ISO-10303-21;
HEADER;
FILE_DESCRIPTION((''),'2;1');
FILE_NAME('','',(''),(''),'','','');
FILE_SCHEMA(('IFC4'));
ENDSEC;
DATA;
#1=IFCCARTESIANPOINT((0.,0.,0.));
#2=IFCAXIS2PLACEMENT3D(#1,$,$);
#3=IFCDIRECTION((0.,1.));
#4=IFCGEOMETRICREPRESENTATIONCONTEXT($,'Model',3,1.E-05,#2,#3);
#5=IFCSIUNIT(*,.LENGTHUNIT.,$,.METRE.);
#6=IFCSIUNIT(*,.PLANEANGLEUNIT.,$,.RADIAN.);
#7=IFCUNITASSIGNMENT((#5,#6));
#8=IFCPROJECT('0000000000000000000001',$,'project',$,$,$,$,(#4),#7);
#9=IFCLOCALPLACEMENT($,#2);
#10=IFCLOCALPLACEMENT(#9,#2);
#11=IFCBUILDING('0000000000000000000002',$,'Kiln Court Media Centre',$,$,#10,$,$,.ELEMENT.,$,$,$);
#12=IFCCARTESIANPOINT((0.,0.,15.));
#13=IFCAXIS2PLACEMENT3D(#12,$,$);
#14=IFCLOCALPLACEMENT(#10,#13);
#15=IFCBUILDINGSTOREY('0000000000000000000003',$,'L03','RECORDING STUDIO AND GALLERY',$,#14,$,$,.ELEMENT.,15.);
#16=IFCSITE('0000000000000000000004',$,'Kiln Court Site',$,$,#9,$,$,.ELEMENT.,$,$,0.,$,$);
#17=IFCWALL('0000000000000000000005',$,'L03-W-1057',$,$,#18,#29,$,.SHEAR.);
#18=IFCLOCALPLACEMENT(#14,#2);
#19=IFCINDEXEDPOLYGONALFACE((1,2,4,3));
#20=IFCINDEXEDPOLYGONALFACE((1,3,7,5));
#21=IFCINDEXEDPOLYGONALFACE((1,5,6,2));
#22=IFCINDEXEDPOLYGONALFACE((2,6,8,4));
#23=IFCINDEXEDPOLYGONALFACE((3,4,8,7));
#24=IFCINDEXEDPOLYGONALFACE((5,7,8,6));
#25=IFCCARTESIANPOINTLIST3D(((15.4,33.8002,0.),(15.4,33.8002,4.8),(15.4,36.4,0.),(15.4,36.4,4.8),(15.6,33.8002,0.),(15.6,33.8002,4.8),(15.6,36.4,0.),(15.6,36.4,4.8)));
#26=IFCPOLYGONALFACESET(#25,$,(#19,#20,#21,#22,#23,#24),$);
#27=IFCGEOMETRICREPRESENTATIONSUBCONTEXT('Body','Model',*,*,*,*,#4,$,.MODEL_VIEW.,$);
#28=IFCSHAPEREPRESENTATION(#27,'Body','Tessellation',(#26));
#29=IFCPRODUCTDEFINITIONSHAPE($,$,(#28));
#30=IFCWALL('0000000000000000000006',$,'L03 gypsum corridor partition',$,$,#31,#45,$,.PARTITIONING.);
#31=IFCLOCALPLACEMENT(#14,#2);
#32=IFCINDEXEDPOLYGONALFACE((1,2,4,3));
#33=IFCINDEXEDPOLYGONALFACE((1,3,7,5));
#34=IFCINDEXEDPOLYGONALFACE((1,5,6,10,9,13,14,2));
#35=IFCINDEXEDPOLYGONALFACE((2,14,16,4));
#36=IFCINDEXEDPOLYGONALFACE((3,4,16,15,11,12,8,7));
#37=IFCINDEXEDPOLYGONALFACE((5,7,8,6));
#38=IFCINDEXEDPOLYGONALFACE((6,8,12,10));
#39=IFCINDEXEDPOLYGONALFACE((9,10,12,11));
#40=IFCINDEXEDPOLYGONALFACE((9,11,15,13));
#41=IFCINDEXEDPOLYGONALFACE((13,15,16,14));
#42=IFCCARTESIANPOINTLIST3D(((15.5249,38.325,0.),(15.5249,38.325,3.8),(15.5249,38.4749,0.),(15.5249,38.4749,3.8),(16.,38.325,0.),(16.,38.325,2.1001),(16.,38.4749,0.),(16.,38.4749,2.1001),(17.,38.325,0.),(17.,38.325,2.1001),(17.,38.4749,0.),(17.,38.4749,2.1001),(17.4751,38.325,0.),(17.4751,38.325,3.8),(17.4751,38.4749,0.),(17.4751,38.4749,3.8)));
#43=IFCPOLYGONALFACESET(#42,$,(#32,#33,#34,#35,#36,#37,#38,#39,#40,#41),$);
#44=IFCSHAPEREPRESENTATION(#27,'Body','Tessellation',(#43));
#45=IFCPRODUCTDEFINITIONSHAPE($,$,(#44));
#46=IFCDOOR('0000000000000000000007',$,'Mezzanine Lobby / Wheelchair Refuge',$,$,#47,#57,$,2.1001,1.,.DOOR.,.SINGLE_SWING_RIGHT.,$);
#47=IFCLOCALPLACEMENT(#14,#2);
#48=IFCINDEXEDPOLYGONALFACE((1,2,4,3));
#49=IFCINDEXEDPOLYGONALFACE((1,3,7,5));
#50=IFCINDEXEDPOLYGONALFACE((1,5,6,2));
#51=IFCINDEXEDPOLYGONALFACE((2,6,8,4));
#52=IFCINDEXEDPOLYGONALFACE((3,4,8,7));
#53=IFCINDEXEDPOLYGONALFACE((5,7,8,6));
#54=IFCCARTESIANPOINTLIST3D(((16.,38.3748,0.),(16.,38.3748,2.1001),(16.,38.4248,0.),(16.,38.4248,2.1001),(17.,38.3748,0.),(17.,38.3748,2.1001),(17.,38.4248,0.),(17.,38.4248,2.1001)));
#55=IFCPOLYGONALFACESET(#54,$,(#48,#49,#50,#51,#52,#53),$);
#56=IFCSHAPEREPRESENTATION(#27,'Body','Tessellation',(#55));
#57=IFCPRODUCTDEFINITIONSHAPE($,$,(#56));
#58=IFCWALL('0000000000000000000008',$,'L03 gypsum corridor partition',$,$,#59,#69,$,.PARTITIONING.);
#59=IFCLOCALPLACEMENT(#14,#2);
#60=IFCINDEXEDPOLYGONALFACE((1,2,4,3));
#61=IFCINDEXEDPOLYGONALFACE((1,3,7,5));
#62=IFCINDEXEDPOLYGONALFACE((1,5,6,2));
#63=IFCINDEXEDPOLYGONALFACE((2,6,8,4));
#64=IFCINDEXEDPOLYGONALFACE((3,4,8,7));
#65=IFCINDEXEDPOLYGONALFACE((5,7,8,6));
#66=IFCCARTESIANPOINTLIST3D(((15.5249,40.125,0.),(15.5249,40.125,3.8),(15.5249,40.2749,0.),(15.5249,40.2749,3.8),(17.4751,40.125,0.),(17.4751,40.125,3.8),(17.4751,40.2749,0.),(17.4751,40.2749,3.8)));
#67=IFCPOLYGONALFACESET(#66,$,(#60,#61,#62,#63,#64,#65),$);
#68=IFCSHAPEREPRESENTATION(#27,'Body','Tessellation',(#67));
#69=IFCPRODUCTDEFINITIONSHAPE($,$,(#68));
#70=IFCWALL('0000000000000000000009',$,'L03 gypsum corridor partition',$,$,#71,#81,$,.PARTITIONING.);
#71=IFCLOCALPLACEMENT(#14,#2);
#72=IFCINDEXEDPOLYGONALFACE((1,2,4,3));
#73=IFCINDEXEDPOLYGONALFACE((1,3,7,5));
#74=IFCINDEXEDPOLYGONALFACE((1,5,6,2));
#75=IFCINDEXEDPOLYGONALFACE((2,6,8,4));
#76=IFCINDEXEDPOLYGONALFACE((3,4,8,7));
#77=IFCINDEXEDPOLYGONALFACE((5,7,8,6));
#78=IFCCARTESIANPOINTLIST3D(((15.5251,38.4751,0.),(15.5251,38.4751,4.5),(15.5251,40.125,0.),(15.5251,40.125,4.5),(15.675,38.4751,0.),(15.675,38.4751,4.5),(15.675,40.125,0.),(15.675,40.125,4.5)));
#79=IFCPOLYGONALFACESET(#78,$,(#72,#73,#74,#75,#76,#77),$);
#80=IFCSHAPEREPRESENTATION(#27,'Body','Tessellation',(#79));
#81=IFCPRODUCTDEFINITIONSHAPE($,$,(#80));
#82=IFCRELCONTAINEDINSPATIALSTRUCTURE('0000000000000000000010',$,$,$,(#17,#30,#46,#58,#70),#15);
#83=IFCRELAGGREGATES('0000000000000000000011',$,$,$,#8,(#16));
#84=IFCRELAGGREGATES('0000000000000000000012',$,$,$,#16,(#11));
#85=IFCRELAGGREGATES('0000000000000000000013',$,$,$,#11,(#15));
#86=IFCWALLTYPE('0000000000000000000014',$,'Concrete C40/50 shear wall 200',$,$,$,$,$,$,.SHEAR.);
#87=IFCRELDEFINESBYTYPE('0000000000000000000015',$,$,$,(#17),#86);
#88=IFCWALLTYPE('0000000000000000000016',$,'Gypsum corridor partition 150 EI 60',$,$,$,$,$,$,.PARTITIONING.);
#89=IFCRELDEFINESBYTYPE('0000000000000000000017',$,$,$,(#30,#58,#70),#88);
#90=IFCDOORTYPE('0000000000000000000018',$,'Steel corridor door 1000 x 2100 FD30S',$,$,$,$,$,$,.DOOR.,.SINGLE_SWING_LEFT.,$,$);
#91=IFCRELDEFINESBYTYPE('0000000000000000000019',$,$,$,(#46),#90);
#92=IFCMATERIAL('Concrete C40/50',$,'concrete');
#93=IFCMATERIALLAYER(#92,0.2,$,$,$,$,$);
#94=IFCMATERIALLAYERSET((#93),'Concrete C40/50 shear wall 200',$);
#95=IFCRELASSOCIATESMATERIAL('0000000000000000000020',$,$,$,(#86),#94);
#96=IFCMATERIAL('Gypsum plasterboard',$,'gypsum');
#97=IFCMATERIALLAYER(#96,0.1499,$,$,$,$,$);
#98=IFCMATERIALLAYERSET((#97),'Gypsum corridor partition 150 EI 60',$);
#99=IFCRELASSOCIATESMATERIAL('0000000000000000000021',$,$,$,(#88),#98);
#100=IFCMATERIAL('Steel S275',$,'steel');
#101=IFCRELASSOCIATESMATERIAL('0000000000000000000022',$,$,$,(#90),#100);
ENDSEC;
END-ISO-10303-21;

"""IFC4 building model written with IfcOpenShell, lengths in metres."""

from ifc_helpers import new_model, si_unit, direction, frame, frame_2d, origin, place, context, subcontext, project, spatial, rectangle, extrude, material, layer, layer_set, type_object, element, fill, save


model = new_model("IFC4")

# Units and contexts
model_context = context("Model", 3, precision=1e-05, world=origin(), true_north=direction((0.0, 1.0)))
body_context = subcontext(model_context, "Body", "Model", "MODEL_VIEW")
ifc_project = project(units=[si_unit("LENGTHUNIT", "METRE"), si_unit("PLANEANGLEUNIT", "RADIAN")], contexts=[model_context])

# Site, building, storey
site_placement = place(None, origin())
site = spatial("IfcSite", under=ifc_project, at=site_placement, Name="Kiln Court Site", CompositionType="ELEMENT", RefElevation=0.0)
building_placement = place(site_placement, origin())
building = spatial("IfcBuilding", under=site, at=building_placement, Name="Kiln Court Media Centre", CompositionType="ELEMENT")
storey_placement = place(building_placement, frame((0.0, 0.0, 15.0)))
storey = spatial("IfcBuildingStorey", under=building, at=storey_placement, Name="L03", Description="RECORDING STUDIO AND GALLERY", CompositionType="ELEMENT", Elevation=15.0)

# Shared definitions
ifc_material_1 = material(Name="Concrete C40/50", Category="concrete")
ifc_layer_1 = layer(ifc_material_1, 0.2)
ifc_layer_set_1 = layer_set([ifc_layer_1], Name="Concrete C40/50 shear wall 200")
wall_type_1 = type_object("IfcWallType", Name="Concrete C40/50 shear wall 200", PredefinedType="SHEAR", material=ifc_layer_set_1)

# Wall
wall_1_placement = place(storey_placement, frame((15.5, 36.3999, 0.0), z_axis=(0.0, 0.0, 1.0), x_axis=(0.0, -1.0, 0.0)))
element("IfcWall", 1, at=wall_1_placement, inside=storey, type_object=wall_type_1, Name="L03-W-1057", PredefinedType="SHEAR", context=body_context, shape_type="SweptSolid", body=[
    extrude(rectangle(XDim=2.5999, YDim=0.2, at=frame_2d((1.2998, 0.0))), origin(), (0.0, 0.0, 1.0), 4.8),
])

# Wall, opening, door
ifc_material_2 = material(Name="Gypsum plasterboard", Category="gypsum")
ifc_layer_2 = layer(ifc_material_2, 0.1499)
ifc_layer_set_2 = layer_set([ifc_layer_2], Name="Gypsum corridor partition 150 EI 60")
wall_type_2 = type_object("IfcWallType", Name="Gypsum corridor partition 150 EI 60", PredefinedType="PARTITIONING", material=ifc_layer_set_2)
wall_2_placement = place(storey_placement, frame((15.5249, 38.3999, 0.0), z_axis=(0.0, 0.0, 1.0), x_axis=(1.0, 0.0, 0.0)))
wall_2 = element("IfcWall", 2, at=wall_2_placement, inside=storey, type_object=wall_type_2, Name="L03 gypsum corridor partition", PredefinedType="PARTITIONING", context=body_context, shape_type="SweptSolid", body=[
    extrude(rectangle(XDim=1.9502, YDim=0.1499, at=frame_2d((0.9751, 0.0))), origin(), (0.0, 0.0, 1.0), 3.8),
])
opening_1_placement = place(wall_2_placement, frame((0.4751, 0.0, 0.0)))
opening_1 = element("IfcOpeningElement", 3, at=opening_1_placement, cuts=wall_2, PredefinedType="OPENING", context=body_context, shape_type="SweptSolid", body=[
    extrude(rectangle(XDim=1.0, YDim=2.1001, at=frame_2d((0.5, 1.05))), frame((0.0, 0.085, 0.0), z_axis=(0.0, -1.0, 0.0), x_axis=(1.0, 0.0, 0.0)), (0.0, 0.0, 1.0), 0.1699),
])
ifc_material_3 = material(Name="Steel S275", Category="steel")
door_type_1 = type_object("IfcDoorType", Name="Steel corridor door 1000 x 2100 FD30S", OperationType="SINGLE_SWING_LEFT", PredefinedType="DOOR", material=ifc_material_3)
door_1_placement = place(opening_1_placement, origin())
door_1 = element("IfcDoor", 4, at=door_1_placement, inside=storey, type_object=door_type_1, Name="Mezzanine Lobby / Wheelchair Refuge", OperationType="SINGLE_SWING_RIGHT", OverallHeight=2.1001, OverallWidth=1.0, PredefinedType="DOOR", context=body_context, shape_type="SweptSolid", body=[
    extrude(rectangle(XDim=1.0, YDim=2.1001, at=frame_2d((0.5, 1.05))), frame((0.0, 0.0249, 0.0), z_axis=(0.0, -1.0, 0.0), x_axis=(1.0, 0.0, 0.0)), (0.0, 0.0, 1.0), 0.05),
])
fill(opening_1, door_1)

# Walls
wall_3_placement = place(storey_placement, frame((15.5249, 40.2, 0.0), z_axis=(0.0, 0.0, 1.0), x_axis=(1.0, 0.0, 0.0)))
element("IfcWall", 5, at=wall_3_placement, inside=storey, type_object=wall_type_2, Name="L03 gypsum corridor partition", PredefinedType="PARTITIONING", context=body_context, shape_type="SweptSolid", body=[
    extrude(rectangle(XDim=1.9502, YDim=0.1499, at=frame_2d((0.9751, 0.0))), origin(), (0.0, 0.0, 1.0), 3.8),
])
wall_4_placement = place(storey_placement, frame((15.6001, 38.4751, 0.0), z_axis=(0.0, 0.0, 1.0), x_axis=(0.0, 1.0, 0.0)))
element("IfcWall", 6, at=wall_4_placement, inside=storey, type_object=wall_type_2, Name="L03 gypsum corridor partition", PredefinedType="PARTITIONING", context=body_context, shape_type="SweptSolid", body=[
    extrude(rectangle(XDim=1.6499, YDim=0.1499, at=frame_2d((0.825, 0.0))), origin(), (0.0, 0.0, 1.0), 4.5),
])

save(model, "model.ifc")
